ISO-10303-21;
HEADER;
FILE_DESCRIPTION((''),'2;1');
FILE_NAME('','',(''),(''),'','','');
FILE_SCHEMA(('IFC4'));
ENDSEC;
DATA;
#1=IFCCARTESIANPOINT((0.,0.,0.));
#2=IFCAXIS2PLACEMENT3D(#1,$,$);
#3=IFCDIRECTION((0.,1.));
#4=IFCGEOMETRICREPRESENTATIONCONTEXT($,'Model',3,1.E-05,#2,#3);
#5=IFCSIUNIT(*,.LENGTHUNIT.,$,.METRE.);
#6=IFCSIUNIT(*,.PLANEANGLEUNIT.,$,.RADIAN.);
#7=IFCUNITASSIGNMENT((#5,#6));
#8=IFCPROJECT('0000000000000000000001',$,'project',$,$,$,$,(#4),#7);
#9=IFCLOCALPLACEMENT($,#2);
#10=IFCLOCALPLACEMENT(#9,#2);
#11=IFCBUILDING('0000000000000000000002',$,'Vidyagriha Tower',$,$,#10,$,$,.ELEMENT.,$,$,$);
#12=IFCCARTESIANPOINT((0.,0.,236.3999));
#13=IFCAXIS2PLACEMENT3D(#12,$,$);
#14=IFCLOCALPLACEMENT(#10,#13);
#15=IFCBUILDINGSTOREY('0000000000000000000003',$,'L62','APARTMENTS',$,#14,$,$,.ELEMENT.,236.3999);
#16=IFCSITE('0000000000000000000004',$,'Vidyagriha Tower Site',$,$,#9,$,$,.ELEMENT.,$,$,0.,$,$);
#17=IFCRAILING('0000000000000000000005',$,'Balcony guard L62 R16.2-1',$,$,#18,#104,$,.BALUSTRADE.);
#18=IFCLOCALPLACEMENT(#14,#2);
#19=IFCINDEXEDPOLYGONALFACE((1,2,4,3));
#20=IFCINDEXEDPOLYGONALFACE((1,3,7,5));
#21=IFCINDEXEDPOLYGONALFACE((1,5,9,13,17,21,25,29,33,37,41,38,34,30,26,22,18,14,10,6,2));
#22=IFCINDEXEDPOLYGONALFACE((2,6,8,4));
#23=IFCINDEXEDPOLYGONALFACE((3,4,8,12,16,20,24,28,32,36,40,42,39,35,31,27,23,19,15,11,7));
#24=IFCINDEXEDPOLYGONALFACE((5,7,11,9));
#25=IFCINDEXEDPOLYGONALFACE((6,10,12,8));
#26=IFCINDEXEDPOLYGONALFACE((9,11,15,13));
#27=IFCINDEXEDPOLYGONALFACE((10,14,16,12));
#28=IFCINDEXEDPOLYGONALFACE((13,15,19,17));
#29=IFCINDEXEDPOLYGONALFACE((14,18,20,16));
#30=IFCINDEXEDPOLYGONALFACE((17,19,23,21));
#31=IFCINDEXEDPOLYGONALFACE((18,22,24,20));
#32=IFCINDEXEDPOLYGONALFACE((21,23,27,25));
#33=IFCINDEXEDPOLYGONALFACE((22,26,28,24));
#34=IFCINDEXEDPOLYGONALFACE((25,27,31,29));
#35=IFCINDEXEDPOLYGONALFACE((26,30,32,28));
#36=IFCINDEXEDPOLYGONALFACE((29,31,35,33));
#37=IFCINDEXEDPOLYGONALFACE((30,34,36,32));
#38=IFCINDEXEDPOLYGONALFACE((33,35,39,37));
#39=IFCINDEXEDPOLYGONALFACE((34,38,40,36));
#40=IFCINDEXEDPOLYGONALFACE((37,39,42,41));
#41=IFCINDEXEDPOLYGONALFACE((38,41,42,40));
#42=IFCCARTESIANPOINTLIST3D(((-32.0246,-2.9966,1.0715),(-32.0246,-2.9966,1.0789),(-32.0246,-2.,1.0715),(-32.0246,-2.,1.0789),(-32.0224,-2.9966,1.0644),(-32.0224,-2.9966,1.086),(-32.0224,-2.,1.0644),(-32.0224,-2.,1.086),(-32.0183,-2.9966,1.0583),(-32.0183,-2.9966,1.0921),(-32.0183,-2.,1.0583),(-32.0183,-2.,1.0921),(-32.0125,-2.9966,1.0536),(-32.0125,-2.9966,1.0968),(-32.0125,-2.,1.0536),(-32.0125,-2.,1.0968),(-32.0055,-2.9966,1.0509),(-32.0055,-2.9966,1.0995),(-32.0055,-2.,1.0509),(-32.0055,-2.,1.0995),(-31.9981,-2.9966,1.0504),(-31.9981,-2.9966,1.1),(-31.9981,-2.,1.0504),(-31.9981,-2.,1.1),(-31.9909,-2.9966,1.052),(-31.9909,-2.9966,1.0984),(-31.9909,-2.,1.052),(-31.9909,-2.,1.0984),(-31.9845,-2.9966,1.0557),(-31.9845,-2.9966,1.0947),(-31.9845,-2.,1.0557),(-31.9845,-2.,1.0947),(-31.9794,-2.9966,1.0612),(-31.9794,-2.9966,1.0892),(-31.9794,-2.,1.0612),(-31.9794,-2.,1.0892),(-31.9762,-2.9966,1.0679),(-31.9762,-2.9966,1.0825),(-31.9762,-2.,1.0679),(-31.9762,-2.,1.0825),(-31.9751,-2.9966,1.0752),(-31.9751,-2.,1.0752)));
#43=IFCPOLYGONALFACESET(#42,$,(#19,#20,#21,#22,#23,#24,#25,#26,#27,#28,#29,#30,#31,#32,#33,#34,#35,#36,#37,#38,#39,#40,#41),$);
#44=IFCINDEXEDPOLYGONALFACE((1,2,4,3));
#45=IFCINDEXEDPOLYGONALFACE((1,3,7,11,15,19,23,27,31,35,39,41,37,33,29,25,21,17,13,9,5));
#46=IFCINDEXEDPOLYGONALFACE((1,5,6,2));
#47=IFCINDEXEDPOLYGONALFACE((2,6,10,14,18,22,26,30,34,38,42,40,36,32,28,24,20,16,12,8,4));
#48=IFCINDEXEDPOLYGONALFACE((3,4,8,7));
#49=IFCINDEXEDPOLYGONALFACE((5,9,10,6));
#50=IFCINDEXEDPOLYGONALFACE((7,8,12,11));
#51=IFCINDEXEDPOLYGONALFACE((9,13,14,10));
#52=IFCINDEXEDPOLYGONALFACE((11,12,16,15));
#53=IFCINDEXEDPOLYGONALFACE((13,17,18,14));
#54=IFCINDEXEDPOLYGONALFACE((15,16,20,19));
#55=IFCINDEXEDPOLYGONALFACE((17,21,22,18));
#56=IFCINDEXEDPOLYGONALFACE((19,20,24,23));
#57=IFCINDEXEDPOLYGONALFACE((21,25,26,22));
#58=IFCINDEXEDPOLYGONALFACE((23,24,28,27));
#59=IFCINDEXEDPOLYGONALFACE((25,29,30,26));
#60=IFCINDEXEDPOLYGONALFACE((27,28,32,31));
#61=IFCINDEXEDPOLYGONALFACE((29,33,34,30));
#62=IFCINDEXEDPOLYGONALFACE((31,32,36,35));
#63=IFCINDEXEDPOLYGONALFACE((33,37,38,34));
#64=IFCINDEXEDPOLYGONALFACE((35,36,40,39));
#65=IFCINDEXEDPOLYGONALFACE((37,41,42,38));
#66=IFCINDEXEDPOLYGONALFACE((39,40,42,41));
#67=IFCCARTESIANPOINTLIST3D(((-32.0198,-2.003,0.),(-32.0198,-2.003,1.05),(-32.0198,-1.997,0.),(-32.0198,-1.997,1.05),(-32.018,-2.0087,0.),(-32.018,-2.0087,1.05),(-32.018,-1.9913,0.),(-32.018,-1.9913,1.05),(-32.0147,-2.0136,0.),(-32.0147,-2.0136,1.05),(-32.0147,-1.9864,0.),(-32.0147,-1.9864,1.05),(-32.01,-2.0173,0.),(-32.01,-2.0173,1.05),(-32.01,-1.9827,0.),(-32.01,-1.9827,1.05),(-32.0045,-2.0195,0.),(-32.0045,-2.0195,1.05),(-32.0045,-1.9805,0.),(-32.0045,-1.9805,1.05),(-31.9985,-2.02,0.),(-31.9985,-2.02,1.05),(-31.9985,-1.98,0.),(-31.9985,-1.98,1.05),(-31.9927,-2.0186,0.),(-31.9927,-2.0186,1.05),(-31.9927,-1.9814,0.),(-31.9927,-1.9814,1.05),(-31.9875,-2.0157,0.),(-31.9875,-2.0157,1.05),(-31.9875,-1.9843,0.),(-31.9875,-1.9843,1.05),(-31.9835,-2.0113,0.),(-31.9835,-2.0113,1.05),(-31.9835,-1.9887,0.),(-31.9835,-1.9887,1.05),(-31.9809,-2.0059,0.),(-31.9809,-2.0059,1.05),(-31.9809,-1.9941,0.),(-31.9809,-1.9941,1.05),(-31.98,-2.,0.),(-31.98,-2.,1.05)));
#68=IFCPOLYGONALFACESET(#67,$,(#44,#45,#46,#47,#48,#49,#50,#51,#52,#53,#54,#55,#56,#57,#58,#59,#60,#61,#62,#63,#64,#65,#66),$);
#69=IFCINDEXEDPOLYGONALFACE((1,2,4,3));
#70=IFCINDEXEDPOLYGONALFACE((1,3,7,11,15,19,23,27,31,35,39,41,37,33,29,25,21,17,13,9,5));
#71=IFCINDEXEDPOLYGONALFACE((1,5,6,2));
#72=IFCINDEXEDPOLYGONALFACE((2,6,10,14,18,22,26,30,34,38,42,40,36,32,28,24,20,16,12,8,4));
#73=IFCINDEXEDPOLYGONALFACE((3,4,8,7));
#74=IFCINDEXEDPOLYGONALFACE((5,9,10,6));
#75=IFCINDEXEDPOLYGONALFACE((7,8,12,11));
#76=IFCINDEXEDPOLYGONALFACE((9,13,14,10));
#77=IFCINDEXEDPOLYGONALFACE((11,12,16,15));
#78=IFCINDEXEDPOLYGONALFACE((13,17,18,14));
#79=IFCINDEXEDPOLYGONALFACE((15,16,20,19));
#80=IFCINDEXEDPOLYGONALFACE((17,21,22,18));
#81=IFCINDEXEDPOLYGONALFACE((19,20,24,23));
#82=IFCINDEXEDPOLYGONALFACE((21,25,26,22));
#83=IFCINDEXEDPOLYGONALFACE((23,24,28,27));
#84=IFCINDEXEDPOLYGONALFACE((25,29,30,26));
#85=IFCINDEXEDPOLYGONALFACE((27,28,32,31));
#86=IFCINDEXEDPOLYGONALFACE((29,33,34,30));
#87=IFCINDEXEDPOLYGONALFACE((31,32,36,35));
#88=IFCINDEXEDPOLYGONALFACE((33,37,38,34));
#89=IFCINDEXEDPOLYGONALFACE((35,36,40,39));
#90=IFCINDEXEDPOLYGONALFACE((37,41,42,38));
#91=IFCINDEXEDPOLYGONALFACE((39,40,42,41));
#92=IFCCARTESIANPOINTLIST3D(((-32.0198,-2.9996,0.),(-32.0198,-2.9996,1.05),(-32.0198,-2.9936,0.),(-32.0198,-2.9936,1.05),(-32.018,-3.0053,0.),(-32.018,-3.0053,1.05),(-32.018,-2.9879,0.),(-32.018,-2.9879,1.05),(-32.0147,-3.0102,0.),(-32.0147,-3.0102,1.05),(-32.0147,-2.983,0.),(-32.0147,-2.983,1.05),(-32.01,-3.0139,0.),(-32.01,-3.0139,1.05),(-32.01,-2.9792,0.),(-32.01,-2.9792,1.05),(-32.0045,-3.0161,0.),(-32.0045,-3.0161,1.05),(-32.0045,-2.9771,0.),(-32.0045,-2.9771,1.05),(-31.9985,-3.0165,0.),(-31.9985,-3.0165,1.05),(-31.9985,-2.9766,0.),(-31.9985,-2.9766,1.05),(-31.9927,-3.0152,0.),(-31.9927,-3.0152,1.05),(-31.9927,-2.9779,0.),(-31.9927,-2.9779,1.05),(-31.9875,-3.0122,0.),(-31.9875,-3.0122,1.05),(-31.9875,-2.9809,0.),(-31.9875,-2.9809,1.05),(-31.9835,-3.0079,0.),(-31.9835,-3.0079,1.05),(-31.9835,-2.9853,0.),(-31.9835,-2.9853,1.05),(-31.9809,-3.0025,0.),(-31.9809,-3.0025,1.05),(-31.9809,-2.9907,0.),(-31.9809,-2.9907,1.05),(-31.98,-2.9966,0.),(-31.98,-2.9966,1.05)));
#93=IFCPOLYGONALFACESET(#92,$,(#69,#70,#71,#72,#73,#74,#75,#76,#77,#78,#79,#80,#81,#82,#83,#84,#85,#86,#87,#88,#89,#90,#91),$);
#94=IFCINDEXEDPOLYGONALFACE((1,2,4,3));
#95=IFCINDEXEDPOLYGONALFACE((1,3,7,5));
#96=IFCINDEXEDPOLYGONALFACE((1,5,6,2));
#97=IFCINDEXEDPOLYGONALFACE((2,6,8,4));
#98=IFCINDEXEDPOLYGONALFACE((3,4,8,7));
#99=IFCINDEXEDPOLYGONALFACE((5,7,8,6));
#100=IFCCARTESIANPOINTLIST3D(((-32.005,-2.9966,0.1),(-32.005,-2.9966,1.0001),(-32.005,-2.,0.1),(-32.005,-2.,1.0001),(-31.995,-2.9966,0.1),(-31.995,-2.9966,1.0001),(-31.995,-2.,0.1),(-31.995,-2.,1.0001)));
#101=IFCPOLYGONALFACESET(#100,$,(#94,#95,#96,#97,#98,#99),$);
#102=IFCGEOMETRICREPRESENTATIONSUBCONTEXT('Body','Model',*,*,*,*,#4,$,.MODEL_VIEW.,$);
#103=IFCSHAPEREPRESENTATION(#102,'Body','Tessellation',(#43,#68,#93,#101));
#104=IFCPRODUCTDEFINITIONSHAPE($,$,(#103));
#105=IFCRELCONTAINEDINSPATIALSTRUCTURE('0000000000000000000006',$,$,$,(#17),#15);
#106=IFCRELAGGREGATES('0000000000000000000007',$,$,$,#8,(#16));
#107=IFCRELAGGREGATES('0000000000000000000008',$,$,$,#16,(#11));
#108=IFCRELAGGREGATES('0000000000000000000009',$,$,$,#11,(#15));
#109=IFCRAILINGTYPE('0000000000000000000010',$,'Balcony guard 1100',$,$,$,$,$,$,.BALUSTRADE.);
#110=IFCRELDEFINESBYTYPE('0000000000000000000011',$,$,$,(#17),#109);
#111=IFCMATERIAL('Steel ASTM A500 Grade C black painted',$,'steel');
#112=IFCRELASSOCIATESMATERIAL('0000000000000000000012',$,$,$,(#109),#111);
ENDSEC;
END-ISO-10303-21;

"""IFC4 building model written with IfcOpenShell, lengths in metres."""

from ifc_helpers import new_model, si_unit, direction, frame, origin, origin_2d, place, context, subcontext, project, spatial, rectangle, circle, extrude, material, type_object, element, save


model = new_model("IFC4")

# Units and contexts
model_context = context("Model", 3, precision=1e-05, world=origin(), true_north=direction((0.0, 1.0)))
body_context = subcontext(model_context, "Body", "Model", "MODEL_VIEW")
ifc_project = project(units=[si_unit("LENGTHUNIT", "METRE"), si_unit("PLANEANGLEUNIT", "RADIAN")], contexts=[model_context])

# Site, building, storey
site_placement = place(None, origin())
site = spatial("IfcSite", under=ifc_project, at=site_placement, Name="Vidyagriha Tower Site", CompositionType="ELEMENT", RefElevation=0.0)
building_placement = place(site_placement, origin())
building = spatial("IfcBuilding", under=site, at=building_placement, Name="Vidyagriha Tower", CompositionType="ELEMENT")
storey_placement = place(building_placement, frame((0.0, 0.0, 236.3999)))
storey = spatial("IfcBuildingStorey", under=building, at=storey_placement, Name="L62", Description="APARTMENTS", CompositionType="ELEMENT", Elevation=236.3999)

# Railing
ifc_material_1 = material(Name="Steel ASTM A500 Grade C black painted", Category="steel")
railing_type_1 = type_object("IfcRailingType", Name="Balcony guard 1100", PredefinedType="BALUSTRADE", material=ifc_material_1)
railing_1_placement = place(storey_placement, frame((-32.0, -2.0, 0.0)))
element("IfcRailing", 1, at=railing_1_placement, inside=storey, type_object=railing_type_1, Name="Balcony guard L62 R16.2-1", PredefinedType="BALUSTRADE", context=body_context, shape_type="SweptSolid", body=[
    extrude(circle(Radius=0.0249, at=origin_2d()), frame((0.0, 0.0, 1.0752), z_axis=(0.0, -1.0, 0.0), x_axis=(1.0, 0.0, 0.0)), (0.0, 0.0, 1.0), 0.9966),
    extrude(circle(Radius=0.02, at=origin_2d()), origin(), (0.0, 0.0, 1.0), 1.05),
    extrude(circle(Radius=0.02, at=origin_2d()), frame((0.0, -0.9966, 0.0)), (0.0, 0.0, 1.0), 1.05),
    extrude(rectangle(XDim=0.01, YDim=0.9001, at=origin_2d()), frame((0.0, 0.0, 0.55), z_axis=(0.0, -1.0, 0.0), x_axis=(1.0, 0.0, 0.0)), (0.0, 0.0, 1.0), 0.9966),
])

save(model, "model.ifc")
